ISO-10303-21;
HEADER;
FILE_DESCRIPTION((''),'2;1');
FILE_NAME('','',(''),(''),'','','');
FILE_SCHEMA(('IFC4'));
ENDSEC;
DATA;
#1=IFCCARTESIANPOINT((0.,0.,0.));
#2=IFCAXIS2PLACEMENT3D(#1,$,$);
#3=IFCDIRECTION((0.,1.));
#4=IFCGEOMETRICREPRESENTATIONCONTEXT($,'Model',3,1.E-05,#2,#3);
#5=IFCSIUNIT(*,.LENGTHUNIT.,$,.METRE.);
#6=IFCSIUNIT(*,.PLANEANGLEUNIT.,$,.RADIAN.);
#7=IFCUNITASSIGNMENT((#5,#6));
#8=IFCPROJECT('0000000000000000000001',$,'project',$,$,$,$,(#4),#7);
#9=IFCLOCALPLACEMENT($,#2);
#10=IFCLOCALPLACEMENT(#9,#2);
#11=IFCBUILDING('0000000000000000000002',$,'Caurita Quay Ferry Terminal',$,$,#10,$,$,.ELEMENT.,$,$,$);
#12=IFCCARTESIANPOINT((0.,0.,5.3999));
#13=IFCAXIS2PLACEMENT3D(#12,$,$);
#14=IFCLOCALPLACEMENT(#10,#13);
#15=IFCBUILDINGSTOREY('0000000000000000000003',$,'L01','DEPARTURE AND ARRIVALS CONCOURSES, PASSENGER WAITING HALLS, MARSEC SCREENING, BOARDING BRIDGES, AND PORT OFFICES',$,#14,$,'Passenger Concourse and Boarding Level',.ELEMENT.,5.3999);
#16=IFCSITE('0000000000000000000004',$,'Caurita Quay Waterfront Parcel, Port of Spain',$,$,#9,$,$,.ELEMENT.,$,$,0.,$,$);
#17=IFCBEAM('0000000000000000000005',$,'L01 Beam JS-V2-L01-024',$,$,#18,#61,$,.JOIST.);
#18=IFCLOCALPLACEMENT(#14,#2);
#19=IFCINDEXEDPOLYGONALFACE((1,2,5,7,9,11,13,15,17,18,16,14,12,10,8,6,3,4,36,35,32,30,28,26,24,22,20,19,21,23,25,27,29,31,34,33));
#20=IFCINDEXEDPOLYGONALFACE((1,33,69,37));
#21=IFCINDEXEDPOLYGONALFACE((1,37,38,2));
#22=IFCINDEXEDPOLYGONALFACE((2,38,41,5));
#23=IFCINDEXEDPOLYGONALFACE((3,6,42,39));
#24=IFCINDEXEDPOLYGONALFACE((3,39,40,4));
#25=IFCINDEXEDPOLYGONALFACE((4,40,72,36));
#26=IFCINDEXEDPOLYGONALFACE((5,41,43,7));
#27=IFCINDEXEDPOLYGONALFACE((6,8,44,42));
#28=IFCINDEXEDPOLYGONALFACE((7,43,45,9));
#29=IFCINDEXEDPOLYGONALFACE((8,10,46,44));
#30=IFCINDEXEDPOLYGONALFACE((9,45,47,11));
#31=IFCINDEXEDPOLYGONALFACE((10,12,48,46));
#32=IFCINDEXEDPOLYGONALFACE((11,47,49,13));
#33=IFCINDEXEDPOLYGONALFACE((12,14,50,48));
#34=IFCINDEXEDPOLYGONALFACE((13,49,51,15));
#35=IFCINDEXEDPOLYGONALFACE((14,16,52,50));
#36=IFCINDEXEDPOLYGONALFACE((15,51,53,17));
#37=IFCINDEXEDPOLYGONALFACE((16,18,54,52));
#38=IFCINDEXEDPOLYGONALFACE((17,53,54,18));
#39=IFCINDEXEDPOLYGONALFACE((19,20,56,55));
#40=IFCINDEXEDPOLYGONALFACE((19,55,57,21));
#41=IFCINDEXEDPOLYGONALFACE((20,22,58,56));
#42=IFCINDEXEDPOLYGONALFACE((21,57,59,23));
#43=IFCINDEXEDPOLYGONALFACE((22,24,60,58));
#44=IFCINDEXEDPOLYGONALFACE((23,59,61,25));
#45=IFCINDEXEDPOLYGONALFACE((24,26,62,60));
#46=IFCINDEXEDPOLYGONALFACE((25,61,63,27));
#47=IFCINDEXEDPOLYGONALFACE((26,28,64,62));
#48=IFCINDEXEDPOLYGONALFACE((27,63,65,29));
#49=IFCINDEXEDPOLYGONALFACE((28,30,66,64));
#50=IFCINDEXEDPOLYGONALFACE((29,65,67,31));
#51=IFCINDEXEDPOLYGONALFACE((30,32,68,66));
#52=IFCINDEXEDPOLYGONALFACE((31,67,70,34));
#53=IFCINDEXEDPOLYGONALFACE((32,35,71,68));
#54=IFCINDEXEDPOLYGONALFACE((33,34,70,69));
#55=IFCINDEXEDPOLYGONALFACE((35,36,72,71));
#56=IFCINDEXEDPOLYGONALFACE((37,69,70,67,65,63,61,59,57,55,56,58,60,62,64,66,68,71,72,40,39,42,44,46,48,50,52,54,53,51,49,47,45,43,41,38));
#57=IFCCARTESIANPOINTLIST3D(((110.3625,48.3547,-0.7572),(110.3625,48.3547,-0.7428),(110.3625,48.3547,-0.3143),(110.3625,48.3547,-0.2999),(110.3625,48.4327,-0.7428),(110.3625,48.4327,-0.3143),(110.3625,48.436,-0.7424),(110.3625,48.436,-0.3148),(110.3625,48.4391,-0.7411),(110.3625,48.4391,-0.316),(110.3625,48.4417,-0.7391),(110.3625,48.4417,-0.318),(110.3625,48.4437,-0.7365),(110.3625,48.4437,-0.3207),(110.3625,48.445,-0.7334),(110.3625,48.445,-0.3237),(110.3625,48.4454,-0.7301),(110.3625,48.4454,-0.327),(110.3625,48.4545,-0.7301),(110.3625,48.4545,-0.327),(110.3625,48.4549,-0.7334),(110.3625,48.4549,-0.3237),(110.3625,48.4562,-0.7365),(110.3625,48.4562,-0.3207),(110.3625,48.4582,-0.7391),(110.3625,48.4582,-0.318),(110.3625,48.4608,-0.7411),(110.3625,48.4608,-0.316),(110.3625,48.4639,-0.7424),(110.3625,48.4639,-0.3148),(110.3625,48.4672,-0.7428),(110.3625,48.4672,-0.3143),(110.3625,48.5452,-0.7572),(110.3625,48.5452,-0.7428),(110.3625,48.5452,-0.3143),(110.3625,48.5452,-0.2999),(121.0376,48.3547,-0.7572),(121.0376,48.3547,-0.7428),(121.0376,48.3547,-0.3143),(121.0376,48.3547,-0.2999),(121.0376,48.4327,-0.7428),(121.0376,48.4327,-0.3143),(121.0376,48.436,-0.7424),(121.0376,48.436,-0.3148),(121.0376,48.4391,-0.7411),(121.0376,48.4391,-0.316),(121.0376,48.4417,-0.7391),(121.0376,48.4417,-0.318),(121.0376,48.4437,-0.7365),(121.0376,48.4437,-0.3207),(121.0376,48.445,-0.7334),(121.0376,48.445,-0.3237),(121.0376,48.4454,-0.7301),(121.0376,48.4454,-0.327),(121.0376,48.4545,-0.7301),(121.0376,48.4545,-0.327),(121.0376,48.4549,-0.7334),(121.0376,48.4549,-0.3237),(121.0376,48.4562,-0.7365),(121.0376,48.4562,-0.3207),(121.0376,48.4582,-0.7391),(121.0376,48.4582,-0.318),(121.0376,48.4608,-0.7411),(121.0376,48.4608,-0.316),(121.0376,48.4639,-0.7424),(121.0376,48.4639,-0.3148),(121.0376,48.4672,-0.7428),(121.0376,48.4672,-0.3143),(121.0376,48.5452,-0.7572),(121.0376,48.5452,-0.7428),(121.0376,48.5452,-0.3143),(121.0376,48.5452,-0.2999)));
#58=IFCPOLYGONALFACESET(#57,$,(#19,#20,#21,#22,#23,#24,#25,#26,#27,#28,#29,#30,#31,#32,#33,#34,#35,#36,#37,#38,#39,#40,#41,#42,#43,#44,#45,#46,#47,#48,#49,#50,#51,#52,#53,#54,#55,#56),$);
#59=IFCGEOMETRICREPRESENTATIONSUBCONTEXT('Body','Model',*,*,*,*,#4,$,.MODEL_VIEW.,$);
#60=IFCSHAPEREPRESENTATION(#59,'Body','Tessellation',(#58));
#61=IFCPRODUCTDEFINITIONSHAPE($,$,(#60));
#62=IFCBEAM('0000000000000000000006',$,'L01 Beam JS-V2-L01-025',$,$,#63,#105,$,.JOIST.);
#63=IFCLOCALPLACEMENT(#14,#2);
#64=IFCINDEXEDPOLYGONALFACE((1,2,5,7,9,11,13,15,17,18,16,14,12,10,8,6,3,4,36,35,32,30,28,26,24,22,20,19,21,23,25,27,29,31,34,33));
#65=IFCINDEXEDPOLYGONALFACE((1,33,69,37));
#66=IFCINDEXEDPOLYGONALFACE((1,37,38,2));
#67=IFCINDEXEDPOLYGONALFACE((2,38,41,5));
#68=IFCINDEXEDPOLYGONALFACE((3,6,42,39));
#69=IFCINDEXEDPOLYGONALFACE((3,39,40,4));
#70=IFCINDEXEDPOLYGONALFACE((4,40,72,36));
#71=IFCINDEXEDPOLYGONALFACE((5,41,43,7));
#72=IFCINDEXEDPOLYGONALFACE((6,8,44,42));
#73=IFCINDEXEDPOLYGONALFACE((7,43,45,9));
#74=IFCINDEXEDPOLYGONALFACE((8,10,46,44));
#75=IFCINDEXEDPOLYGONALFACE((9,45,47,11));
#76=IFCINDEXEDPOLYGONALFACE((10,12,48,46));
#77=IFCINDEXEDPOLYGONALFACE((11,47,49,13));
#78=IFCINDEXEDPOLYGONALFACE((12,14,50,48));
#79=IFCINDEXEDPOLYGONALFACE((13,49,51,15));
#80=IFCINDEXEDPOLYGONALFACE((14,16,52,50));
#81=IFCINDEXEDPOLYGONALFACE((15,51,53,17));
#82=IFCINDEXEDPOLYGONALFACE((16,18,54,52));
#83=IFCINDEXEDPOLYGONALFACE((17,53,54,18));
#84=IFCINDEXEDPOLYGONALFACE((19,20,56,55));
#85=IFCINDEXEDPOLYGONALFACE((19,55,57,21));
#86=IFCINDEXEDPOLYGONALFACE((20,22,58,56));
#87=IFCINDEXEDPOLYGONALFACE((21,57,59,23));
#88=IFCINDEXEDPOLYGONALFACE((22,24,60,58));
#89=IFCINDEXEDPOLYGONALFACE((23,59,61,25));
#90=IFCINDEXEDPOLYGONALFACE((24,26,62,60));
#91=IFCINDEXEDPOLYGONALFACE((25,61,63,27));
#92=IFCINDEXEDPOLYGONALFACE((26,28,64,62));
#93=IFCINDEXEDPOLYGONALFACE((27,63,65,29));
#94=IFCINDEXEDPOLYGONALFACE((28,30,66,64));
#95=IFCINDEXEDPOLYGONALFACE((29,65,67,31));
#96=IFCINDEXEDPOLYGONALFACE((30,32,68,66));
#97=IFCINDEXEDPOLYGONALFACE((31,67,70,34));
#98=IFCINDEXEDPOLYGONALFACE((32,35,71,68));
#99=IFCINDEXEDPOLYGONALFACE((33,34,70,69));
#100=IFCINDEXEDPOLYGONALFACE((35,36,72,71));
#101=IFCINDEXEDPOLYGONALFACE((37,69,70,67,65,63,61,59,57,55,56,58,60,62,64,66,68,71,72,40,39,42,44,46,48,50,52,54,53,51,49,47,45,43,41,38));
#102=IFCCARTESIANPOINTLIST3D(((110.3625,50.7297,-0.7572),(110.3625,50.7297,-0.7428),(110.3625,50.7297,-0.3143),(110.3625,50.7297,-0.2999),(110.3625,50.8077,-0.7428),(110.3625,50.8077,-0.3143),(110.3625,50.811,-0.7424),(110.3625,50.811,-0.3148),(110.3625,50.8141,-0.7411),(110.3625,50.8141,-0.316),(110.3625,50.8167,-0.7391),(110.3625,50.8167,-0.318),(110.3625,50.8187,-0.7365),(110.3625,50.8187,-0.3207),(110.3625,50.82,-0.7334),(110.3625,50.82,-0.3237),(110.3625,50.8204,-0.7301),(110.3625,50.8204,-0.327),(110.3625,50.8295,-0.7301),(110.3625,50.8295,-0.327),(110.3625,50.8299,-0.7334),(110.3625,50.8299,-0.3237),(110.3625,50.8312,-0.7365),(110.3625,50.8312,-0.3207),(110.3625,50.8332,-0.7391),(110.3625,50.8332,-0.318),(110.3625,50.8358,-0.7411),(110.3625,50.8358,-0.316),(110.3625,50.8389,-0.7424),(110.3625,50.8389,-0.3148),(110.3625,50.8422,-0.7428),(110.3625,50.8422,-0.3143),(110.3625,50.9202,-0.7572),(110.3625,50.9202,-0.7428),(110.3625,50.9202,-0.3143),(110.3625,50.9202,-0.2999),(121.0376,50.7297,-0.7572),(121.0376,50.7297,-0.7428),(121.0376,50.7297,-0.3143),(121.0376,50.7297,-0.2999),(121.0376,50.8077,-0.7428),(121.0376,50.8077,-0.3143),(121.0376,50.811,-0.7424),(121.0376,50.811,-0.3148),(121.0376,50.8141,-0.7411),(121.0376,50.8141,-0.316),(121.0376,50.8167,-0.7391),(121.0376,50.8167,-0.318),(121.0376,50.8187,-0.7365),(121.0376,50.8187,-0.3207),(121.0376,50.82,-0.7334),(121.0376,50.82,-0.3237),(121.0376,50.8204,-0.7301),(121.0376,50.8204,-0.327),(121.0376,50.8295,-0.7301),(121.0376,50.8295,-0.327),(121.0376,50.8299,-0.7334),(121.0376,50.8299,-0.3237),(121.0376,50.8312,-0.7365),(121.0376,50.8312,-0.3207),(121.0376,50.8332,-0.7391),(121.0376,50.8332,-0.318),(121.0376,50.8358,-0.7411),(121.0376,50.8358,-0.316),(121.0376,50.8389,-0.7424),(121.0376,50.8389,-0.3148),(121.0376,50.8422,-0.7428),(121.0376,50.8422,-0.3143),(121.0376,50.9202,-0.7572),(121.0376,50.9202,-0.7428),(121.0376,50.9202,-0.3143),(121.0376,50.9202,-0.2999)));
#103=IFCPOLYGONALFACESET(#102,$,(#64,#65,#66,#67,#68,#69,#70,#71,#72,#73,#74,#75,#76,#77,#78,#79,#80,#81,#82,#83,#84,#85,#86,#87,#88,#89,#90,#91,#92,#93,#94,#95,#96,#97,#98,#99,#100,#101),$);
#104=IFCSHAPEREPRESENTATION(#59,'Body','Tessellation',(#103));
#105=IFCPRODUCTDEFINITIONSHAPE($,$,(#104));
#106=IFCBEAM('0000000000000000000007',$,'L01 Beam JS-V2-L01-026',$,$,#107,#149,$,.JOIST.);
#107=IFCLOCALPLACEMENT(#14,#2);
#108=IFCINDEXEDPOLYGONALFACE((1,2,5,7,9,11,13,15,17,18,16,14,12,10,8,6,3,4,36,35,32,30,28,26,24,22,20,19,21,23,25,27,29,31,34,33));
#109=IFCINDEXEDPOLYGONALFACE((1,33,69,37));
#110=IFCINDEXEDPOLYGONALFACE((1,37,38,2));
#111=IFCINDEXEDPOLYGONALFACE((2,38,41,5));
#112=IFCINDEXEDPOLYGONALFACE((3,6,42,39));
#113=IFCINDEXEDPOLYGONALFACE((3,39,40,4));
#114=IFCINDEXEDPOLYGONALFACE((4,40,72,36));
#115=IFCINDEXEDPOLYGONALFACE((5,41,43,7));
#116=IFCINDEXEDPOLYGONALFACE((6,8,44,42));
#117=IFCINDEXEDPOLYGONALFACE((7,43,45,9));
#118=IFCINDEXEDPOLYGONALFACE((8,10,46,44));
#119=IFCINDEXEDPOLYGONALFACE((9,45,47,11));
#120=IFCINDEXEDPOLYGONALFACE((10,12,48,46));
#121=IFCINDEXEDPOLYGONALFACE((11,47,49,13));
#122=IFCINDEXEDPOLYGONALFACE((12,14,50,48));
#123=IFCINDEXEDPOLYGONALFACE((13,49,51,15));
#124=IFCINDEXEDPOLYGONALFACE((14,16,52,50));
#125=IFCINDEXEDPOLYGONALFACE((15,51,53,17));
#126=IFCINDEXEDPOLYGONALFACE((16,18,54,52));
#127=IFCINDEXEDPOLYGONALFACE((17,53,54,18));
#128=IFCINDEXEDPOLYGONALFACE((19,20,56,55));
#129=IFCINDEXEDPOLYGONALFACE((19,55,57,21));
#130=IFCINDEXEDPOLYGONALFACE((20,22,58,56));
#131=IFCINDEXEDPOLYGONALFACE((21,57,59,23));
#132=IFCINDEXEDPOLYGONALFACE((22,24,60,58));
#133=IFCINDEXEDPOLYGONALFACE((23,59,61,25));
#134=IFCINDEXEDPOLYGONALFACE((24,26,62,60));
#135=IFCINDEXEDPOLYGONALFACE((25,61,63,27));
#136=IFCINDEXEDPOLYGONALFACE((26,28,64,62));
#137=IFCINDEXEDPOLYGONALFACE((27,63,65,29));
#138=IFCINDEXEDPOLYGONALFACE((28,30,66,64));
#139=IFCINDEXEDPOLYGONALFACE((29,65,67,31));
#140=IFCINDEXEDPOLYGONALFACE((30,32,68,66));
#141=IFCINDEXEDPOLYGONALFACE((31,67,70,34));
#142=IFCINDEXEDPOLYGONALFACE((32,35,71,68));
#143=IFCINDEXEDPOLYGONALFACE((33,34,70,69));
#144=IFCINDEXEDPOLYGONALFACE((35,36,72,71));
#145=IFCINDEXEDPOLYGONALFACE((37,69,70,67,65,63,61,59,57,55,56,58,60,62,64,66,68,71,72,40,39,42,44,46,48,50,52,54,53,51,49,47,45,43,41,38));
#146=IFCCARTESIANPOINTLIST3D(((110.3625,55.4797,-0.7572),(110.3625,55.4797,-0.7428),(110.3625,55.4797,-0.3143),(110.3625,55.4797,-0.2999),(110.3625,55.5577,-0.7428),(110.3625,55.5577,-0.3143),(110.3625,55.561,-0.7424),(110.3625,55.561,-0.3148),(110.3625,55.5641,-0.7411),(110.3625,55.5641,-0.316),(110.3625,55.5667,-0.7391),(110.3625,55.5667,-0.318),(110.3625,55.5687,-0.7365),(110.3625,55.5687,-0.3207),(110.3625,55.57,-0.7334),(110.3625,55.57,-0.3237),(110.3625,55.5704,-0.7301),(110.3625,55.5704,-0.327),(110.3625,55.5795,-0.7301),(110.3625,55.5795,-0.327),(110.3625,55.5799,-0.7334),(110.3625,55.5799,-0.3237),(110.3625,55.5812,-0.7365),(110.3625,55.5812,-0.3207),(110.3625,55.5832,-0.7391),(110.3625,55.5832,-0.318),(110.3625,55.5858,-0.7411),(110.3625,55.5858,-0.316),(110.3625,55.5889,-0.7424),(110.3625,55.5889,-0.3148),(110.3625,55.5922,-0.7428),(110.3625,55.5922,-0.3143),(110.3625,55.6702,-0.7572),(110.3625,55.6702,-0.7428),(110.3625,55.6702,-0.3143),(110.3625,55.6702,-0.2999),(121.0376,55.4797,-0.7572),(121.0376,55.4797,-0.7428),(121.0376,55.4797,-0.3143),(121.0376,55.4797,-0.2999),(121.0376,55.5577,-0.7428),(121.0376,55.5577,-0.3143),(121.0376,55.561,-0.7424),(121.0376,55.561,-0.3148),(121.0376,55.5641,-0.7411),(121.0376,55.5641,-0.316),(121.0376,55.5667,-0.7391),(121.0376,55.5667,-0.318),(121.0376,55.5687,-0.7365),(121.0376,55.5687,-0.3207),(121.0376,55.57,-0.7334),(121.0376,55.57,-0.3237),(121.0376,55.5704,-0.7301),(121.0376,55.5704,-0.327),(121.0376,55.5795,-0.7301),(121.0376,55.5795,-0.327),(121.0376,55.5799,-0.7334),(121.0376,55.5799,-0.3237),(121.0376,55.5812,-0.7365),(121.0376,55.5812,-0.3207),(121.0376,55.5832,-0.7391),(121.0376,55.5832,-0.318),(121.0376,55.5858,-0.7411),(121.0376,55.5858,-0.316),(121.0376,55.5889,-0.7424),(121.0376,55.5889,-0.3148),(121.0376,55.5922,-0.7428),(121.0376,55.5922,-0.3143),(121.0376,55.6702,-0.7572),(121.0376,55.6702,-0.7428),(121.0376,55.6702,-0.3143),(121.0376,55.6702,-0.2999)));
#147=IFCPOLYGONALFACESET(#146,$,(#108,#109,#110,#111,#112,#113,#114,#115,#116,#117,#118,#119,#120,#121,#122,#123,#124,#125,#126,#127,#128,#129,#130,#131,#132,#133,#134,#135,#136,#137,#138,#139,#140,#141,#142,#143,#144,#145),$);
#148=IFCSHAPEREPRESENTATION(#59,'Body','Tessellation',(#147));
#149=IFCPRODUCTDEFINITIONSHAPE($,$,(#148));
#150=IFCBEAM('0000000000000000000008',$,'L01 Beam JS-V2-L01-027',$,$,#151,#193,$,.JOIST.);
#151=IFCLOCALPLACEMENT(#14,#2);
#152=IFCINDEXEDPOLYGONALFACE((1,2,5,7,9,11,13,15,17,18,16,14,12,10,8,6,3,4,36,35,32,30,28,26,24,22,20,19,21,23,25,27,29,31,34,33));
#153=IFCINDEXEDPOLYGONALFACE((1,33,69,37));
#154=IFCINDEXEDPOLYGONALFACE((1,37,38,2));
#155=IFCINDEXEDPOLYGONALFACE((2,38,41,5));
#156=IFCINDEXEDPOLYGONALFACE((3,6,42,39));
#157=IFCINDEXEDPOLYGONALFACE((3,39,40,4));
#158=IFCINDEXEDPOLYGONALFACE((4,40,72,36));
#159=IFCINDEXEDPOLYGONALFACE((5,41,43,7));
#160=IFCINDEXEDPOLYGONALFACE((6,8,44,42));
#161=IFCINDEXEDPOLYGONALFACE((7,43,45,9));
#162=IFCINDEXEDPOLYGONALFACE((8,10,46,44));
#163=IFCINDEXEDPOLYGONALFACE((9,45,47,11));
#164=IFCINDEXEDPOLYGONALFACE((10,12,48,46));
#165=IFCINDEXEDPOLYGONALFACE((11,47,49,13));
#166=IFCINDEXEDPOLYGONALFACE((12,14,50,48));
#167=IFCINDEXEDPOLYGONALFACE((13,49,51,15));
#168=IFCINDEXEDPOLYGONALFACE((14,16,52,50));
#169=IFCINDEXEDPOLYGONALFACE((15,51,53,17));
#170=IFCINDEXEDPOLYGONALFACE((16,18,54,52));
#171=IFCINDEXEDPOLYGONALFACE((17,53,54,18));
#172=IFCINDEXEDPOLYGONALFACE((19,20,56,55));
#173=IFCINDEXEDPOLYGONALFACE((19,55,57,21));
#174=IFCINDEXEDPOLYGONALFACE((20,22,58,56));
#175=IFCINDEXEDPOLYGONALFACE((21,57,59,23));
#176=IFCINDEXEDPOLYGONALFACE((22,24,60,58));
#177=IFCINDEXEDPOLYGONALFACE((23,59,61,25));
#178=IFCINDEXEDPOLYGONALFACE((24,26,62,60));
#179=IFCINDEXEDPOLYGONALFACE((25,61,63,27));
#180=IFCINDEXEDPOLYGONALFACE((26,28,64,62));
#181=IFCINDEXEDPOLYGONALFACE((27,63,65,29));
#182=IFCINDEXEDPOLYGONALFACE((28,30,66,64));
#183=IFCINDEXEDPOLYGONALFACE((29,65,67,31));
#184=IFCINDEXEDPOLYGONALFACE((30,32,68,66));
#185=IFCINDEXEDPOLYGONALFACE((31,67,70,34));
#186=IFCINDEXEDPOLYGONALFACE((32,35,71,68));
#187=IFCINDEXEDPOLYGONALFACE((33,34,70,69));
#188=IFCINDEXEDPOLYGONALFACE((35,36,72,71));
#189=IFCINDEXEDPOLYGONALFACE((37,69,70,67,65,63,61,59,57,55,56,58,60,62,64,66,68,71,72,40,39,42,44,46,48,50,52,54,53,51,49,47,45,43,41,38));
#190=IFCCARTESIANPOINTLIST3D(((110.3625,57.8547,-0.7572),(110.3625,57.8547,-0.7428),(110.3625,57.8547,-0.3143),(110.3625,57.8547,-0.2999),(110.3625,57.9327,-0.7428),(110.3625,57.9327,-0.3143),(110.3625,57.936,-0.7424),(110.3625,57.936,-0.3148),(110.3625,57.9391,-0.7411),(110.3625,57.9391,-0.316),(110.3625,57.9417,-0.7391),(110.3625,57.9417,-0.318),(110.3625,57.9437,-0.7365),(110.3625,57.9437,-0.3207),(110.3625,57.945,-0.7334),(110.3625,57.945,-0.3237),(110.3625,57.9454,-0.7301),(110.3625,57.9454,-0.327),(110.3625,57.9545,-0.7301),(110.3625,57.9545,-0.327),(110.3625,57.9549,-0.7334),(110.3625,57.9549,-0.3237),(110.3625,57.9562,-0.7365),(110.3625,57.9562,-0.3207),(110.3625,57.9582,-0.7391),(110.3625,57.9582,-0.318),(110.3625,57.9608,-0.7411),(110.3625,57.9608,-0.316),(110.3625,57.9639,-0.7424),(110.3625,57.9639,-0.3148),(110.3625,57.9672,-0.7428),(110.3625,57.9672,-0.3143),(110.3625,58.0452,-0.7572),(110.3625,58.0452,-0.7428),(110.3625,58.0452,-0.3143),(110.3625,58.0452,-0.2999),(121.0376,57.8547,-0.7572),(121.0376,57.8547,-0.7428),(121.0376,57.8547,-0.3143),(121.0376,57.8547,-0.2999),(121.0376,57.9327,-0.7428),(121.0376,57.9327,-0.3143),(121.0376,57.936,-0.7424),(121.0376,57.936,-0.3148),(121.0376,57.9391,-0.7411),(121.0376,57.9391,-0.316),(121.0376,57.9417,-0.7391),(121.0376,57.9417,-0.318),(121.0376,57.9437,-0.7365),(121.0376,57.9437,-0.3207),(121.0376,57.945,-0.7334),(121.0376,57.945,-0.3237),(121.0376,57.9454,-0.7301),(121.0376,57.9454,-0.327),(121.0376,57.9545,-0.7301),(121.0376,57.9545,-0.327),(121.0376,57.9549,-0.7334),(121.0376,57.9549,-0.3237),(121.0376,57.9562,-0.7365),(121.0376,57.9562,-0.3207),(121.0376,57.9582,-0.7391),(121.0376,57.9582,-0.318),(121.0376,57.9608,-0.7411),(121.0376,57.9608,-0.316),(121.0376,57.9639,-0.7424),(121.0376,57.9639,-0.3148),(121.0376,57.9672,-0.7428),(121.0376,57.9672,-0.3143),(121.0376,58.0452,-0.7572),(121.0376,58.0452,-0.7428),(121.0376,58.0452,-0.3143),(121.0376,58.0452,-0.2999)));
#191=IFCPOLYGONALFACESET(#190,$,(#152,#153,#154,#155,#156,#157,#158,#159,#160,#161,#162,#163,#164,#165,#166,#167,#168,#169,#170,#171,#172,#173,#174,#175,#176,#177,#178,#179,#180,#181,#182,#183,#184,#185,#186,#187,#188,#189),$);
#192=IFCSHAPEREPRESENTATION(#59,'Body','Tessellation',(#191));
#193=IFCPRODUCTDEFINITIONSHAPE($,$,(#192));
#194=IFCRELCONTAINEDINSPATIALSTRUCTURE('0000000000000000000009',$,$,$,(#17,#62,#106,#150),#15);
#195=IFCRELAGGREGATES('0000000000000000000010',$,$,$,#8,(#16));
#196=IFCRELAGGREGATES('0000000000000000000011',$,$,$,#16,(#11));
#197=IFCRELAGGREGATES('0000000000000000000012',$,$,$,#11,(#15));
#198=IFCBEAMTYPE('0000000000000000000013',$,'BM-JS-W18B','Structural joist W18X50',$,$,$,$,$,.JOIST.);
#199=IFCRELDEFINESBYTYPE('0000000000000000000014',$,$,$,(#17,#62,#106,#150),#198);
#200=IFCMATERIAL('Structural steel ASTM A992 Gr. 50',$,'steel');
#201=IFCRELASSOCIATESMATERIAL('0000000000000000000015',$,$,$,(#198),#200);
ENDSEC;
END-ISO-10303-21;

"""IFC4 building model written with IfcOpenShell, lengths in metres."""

from ifc_helpers import new_model, si_unit, direction, frame, origin, origin_2d, place, context, subcontext, project, spatial, i_section, extrude, material, material_profile, profile_set, type_object, element, save


model = new_model("IFC4")

# Units and contexts
model_context = context("Model", 3, precision=1e-05, world=origin(), true_north=direction((0.0, 1.0)))
body_context = subcontext(model_context, "Body", "Model", "MODEL_VIEW")
ifc_project = project(units=[si_unit("LENGTHUNIT", "METRE"), si_unit("PLANEANGLEUNIT", "RADIAN")], contexts=[model_context])

# Site, building, storey
site_placement = place(None, origin())
site = spatial("IfcSite", under=ifc_project, at=site_placement, Name="Caurita Quay Waterfront Parcel, Port of Spain", CompositionType="ELEMENT", RefElevation=0.0)
building_placement = place(site_placement, origin())
building = spatial("IfcBuilding", under=site, at=building_placement, Name="Caurita Quay Ferry Terminal", CompositionType="ELEMENT")
storey_placement = place(building_placement, frame((0.0, 0.0, 5.3999)))
storey = spatial("IfcBuildingStorey", under=building, at=storey_placement, Name="L01", Description="DEPARTURE AND ARRIVALS CONCOURSES, PASSENGER WAITING HALLS, MARSEC SCREENING, BOARDING BRIDGES, AND PORT OFFICES", LongName="Passenger Concourse and Boarding Level", CompositionType="ELEMENT", Elevation=5.3999)

# Beams
ifc_material_1 = material(Name="Structural steel ASTM A992 Gr. 50", Category="steel")
ifc_material_profile_1 = material_profile(ifc_material_1, i_section(OverallWidth=0.1904, OverallDepth=0.4573, WebThickness=0.009, FlangeThickness=0.0144, FilletRadius=0.0127, at=origin_2d()), Name="W18X50")
ifc_profile_set_1 = profile_set([ifc_material_profile_1], Name="Structural steel ASTM A992 Gr. 50")
beam_type_1 = type_object("IfcBeamType", Name="BM-JS-W18B", Description="Structural joist W18X50", PredefinedType="JOIST", material=ifc_profile_set_1)
for number, where, z_axis, x_axis, name in (
    (1, (110.3625, 48.45, -0.5286), (1.0, 0.0, 0.0), (0.0, 1.0, 0.0), "L01 Beam JS-V2-L01-024"),
    (2, (110.3625, 50.825, -0.5286), (1.0, 0.0, 0.0), (0.0, 1.0, 0.0), "L01 Beam JS-V2-L01-025"),
    (3, (110.3625, 55.575, -0.5286), (1.0, 0.0, 0.0), (0.0, 1.0, 0.0), "L01 Beam JS-V2-L01-026"),
    (4, (110.3625, 57.95, -0.5286), (1.0, 0.0, 0.0), (0.0, 1.0, 0.0), "L01 Beam JS-V2-L01-027"),
):
    element("IfcBeam", number, at=place(storey_placement, frame(where, z_axis=z_axis, x_axis=x_axis)), inside=storey, type_object=beam_type_1, Name=name, PredefinedType="JOIST", context=body_context, shape_type="SweptSolid", body=[
        extrude(i_section(OverallWidth=0.1904, OverallDepth=0.4573, WebThickness=0.009, FlangeThickness=0.0144, FilletRadius=0.0127, at=origin_2d()), origin(), (0.0, 0.0, 1.0), 10.675),
    ])

save(model, "model.ifc")
